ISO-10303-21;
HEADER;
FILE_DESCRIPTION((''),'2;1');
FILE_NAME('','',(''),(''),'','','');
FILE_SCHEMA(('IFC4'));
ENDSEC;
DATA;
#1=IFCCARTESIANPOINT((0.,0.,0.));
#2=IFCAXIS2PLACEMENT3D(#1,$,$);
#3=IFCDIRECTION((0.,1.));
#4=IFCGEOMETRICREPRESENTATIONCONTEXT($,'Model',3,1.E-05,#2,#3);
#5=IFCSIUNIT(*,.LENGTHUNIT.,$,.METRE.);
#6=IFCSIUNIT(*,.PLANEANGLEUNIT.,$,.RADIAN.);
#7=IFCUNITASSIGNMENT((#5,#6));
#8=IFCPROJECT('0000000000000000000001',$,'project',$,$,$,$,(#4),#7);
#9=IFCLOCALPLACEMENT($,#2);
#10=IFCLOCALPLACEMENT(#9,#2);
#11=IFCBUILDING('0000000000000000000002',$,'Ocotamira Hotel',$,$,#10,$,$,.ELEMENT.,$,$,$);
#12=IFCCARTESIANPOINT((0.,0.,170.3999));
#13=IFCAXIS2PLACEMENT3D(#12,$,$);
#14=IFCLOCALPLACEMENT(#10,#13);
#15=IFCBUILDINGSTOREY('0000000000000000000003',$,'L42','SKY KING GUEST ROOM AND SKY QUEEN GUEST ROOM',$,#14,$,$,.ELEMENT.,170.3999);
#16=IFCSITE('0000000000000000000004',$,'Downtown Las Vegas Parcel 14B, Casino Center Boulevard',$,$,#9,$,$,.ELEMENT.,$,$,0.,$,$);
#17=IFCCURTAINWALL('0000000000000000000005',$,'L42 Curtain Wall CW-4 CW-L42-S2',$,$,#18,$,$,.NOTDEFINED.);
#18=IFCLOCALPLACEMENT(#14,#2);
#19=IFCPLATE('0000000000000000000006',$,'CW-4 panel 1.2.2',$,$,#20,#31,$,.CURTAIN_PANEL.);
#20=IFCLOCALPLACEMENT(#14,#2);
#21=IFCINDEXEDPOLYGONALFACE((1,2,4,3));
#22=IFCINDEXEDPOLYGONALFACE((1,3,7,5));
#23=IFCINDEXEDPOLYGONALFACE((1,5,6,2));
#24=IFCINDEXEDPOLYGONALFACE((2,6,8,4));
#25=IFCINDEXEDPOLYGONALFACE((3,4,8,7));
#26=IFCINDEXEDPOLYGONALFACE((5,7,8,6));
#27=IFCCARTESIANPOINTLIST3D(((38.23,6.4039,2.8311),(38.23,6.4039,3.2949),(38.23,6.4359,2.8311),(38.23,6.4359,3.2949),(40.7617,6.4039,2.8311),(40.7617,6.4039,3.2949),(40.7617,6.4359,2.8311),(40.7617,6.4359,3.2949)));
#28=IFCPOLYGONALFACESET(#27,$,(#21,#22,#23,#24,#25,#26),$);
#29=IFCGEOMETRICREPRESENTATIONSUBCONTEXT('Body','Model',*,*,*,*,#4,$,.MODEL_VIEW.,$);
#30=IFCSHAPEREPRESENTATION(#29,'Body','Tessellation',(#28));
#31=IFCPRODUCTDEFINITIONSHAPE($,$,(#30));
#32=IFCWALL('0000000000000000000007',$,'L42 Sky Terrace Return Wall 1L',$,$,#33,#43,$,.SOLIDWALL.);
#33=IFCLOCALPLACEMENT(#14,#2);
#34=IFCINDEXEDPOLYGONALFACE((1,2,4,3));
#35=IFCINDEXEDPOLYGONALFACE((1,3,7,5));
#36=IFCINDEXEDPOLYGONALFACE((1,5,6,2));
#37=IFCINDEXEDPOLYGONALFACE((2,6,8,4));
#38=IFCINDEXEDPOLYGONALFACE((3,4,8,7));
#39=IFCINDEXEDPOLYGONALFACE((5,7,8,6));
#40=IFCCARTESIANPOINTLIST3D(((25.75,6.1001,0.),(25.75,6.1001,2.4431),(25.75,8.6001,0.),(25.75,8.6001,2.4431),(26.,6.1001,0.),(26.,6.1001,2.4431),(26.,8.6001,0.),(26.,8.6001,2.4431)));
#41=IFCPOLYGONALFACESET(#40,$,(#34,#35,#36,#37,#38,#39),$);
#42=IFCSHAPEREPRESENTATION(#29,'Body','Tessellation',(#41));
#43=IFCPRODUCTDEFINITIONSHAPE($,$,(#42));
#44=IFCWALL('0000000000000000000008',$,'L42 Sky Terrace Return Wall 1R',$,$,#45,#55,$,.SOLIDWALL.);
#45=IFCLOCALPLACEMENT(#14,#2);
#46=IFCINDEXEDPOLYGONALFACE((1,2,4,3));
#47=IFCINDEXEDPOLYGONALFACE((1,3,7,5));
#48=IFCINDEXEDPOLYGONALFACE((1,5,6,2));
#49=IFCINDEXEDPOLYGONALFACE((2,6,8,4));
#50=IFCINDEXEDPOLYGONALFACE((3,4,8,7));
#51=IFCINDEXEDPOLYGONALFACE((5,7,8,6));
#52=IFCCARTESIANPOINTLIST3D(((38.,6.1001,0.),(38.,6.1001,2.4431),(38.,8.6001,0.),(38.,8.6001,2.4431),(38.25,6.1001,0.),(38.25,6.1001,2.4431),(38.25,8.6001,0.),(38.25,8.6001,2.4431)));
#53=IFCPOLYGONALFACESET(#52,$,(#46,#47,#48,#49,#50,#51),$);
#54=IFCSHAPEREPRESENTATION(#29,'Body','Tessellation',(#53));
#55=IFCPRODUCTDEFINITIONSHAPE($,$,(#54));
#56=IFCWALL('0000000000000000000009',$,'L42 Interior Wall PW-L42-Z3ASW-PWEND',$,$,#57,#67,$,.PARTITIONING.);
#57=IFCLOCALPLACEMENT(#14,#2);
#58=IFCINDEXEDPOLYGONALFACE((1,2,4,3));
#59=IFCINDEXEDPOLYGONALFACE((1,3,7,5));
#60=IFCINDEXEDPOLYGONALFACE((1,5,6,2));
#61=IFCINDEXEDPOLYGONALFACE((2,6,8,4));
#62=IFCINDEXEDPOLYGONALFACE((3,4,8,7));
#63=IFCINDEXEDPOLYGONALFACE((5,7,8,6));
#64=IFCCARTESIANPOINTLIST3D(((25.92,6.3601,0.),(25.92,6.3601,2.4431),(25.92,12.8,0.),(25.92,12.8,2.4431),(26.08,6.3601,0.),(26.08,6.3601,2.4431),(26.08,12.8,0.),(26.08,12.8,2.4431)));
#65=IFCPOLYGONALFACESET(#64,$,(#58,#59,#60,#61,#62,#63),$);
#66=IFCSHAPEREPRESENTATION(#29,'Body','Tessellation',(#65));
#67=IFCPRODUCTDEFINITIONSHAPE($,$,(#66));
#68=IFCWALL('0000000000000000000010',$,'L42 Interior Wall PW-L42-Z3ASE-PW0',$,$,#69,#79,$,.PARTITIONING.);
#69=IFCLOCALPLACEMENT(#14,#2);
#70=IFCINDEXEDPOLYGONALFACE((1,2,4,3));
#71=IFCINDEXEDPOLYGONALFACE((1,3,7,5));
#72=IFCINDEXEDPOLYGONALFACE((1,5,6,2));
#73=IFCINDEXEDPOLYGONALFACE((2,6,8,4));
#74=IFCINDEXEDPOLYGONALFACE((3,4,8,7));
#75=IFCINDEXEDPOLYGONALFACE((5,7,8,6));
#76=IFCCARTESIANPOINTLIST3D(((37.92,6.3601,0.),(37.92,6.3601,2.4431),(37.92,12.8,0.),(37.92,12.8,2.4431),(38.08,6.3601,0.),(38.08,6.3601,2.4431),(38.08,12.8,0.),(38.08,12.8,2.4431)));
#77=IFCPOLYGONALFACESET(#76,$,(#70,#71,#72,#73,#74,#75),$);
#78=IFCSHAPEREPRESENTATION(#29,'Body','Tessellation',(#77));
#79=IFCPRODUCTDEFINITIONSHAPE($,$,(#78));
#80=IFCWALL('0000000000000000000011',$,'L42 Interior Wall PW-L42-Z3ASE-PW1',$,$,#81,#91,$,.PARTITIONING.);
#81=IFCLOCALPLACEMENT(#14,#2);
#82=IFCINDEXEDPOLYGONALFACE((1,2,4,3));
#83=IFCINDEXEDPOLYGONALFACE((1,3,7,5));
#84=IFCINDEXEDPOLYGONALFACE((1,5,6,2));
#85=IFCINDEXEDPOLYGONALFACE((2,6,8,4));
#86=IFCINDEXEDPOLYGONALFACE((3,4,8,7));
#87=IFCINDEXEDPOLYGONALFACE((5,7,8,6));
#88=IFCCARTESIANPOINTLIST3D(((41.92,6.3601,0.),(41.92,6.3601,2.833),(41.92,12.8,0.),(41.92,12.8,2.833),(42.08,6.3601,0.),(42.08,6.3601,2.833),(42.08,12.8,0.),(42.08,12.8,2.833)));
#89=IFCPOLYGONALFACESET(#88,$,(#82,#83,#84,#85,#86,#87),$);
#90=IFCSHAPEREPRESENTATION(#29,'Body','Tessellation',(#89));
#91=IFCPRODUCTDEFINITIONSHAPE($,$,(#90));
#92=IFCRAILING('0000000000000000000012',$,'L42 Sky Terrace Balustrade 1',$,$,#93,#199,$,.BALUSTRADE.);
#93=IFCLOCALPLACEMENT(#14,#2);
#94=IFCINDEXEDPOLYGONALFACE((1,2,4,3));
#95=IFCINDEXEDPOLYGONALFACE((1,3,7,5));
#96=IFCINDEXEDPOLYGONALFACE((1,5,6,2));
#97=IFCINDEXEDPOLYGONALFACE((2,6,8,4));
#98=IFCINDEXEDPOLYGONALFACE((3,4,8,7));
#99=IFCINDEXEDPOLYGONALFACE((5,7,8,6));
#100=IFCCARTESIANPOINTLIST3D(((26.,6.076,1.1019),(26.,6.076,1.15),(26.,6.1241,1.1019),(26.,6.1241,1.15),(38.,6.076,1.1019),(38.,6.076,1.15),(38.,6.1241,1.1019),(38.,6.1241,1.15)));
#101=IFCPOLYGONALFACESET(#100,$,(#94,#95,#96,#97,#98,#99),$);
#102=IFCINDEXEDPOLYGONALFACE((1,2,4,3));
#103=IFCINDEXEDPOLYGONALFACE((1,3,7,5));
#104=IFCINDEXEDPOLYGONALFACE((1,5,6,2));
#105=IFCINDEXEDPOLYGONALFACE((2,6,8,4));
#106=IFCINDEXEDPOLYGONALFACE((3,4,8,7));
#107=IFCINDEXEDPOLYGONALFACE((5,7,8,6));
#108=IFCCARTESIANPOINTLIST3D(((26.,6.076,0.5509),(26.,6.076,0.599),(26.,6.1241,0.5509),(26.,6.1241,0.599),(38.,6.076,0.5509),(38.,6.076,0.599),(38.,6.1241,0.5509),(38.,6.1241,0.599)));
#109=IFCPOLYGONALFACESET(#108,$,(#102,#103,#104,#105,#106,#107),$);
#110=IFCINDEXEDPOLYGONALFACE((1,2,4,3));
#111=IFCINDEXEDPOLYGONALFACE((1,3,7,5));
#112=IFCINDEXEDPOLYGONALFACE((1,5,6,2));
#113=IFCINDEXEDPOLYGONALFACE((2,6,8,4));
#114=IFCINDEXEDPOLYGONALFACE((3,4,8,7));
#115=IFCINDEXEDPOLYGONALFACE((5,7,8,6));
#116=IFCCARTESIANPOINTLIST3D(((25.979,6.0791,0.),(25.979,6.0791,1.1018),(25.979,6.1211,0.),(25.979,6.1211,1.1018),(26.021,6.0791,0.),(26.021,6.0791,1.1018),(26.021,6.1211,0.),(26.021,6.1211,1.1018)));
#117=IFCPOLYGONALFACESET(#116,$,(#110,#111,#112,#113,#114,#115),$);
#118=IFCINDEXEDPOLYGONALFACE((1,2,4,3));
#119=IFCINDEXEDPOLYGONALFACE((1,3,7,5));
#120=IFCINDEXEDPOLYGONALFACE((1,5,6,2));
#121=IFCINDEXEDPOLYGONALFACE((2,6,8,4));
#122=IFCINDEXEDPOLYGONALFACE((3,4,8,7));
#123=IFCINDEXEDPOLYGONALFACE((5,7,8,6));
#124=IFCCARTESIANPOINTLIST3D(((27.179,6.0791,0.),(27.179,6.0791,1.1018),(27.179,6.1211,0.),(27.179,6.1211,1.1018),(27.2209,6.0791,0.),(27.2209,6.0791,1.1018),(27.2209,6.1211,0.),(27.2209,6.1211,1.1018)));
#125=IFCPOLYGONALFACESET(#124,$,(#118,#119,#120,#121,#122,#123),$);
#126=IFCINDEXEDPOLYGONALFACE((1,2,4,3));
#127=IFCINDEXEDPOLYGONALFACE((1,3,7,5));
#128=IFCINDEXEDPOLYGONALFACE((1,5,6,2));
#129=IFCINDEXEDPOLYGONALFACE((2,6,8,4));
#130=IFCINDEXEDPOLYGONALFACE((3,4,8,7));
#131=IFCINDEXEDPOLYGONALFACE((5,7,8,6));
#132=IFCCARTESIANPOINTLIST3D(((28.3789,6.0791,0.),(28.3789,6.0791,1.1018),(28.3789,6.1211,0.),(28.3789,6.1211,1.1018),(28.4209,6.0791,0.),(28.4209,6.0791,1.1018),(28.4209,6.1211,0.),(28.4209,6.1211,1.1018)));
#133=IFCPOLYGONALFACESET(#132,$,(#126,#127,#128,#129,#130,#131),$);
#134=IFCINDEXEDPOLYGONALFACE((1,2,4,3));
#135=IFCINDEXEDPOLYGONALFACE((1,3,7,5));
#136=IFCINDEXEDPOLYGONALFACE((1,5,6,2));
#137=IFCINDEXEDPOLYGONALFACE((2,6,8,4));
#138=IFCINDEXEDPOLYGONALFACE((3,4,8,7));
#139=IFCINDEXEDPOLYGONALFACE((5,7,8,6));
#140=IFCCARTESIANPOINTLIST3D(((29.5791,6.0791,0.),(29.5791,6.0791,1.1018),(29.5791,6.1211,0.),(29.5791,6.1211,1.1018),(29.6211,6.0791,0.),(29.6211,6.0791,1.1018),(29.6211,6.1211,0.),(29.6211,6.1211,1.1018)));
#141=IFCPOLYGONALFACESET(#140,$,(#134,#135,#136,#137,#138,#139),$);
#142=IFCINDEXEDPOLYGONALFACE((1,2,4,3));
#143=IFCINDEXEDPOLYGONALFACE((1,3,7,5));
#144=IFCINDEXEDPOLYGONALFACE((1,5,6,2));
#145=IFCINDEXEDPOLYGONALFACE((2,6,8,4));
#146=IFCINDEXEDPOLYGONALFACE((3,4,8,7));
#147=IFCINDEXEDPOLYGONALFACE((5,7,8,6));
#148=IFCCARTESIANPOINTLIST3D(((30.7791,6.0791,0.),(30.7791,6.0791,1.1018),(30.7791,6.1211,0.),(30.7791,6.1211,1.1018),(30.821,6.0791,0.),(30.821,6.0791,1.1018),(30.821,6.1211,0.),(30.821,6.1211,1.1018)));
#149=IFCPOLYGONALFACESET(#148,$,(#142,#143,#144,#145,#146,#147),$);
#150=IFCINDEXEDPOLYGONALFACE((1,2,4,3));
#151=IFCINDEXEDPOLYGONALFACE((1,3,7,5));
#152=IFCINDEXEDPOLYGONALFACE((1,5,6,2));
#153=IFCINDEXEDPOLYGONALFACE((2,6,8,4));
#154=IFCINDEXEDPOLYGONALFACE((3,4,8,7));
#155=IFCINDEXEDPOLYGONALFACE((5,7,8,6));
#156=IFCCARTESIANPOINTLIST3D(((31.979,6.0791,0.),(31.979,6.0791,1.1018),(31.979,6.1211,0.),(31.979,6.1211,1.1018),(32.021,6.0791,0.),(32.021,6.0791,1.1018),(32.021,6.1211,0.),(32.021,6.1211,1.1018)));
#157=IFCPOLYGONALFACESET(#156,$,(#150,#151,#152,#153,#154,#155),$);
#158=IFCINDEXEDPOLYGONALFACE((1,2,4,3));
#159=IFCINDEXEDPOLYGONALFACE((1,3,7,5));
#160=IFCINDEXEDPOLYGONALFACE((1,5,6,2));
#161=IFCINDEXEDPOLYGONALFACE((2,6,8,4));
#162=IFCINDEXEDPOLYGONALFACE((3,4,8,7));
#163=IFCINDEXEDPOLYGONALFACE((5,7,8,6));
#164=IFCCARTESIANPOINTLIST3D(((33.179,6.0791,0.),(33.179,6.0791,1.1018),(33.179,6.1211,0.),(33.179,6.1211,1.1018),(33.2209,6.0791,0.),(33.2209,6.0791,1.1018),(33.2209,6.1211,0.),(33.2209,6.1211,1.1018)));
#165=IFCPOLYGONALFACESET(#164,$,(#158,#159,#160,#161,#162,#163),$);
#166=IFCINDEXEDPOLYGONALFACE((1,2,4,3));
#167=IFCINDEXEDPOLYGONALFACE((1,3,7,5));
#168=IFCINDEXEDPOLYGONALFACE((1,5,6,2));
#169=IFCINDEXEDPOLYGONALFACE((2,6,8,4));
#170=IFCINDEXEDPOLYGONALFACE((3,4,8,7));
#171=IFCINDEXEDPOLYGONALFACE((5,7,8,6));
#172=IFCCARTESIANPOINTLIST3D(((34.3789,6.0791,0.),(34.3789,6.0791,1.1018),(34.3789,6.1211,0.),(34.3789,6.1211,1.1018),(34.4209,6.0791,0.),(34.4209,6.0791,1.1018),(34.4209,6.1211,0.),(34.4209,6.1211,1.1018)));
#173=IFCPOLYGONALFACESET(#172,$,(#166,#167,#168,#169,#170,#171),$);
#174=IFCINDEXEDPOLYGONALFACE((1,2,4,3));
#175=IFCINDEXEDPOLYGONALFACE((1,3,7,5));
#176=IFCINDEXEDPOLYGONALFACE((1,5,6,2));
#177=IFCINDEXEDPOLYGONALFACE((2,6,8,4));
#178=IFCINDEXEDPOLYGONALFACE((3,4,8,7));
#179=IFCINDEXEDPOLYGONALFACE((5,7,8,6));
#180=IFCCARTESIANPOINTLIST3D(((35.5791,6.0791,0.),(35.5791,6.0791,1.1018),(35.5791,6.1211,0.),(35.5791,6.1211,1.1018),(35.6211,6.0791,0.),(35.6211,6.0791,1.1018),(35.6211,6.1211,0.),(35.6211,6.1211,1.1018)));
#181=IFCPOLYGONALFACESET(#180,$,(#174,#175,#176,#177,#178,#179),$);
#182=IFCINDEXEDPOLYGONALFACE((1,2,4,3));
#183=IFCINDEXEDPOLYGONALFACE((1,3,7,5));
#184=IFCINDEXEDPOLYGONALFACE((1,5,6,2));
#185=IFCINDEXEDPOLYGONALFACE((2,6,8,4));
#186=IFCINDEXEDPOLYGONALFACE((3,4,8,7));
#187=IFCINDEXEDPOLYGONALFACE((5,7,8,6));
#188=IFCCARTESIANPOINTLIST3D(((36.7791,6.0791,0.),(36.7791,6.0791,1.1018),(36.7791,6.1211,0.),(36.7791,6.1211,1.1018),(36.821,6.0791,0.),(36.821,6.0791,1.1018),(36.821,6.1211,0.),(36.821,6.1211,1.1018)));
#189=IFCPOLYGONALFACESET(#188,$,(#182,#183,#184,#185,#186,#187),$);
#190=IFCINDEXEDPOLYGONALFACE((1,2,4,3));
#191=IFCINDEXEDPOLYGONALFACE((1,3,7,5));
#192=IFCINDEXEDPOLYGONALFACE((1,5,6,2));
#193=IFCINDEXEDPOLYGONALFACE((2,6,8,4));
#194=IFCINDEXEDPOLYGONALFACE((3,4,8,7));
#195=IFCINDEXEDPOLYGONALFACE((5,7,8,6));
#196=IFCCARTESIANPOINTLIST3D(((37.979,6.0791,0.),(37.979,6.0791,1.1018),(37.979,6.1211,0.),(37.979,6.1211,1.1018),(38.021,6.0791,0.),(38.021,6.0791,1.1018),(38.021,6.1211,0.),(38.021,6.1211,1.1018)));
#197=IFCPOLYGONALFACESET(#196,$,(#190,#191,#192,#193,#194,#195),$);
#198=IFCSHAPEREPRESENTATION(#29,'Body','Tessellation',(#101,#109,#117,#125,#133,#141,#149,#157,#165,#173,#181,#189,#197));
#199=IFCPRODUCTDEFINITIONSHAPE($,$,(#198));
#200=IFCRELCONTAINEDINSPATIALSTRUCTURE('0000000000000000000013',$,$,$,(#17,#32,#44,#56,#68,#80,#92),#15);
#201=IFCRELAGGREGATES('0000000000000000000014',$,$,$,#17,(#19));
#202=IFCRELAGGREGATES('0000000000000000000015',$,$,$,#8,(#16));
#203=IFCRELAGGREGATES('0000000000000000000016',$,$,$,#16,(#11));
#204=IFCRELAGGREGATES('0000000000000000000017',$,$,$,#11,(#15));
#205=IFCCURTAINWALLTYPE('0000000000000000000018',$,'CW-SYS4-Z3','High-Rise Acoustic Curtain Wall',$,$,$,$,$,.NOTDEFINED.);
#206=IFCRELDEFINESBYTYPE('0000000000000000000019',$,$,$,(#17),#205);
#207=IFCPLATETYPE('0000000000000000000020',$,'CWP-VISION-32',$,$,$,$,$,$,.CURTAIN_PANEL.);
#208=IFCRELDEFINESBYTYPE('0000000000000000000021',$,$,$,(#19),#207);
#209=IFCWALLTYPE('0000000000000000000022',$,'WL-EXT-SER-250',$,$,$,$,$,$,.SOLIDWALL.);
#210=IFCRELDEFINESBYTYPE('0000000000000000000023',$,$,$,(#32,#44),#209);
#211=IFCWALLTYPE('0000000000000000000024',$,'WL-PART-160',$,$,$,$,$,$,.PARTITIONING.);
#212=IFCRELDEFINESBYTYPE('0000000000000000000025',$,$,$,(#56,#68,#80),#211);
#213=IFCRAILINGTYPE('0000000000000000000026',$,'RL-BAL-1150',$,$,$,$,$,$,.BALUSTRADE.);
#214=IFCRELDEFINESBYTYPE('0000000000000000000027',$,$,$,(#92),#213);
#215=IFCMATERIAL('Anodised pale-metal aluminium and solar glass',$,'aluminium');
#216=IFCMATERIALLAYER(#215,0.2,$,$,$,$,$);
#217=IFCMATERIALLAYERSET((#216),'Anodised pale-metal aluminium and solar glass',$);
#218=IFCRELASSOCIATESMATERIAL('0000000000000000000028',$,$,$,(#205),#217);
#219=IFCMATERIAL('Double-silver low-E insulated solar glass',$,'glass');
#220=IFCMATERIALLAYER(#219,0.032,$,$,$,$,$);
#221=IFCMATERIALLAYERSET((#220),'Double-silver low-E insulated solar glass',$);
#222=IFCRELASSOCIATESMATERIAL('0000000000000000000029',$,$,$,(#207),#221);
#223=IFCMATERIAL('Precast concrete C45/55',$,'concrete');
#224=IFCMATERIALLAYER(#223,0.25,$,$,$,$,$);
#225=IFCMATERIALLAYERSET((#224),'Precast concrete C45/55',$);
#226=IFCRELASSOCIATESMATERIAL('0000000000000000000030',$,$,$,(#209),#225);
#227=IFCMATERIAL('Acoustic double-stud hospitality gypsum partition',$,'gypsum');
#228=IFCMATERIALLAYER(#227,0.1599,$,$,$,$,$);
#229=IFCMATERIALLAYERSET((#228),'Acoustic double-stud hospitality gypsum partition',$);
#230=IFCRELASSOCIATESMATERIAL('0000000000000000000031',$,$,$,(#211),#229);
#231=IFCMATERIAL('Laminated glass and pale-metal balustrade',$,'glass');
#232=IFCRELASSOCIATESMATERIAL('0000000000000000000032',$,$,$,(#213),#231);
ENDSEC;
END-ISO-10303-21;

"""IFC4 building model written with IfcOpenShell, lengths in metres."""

from ifc_helpers import new_model, si_unit, direction, frame, frame_2d, origin, origin_2d, place, context, subcontext, project, spatial, rectangle, extrude, source, transform, mapped, material, layer, layer_set, type_object, element, aggregate, save


model = new_model("IFC4")

# Units and contexts
model_context = context("Model", 3, precision=1e-05, world=origin(), true_north=direction((0.0, 1.0)))
body_context = subcontext(model_context, "Body", "Model", "MODEL_VIEW")
ifc_project = project(units=[si_unit("LENGTHUNIT", "METRE"), si_unit("PLANEANGLEUNIT", "RADIAN")], contexts=[model_context])

# Site, building, storey
site_placement = place(None, origin())
site = spatial("IfcSite", under=ifc_project, at=site_placement, Name="Downtown Las Vegas Parcel 14B, Casino Center Boulevard", CompositionType="ELEMENT", RefElevation=0.0)
building_placement = place(site_placement, origin())
building = spatial("IfcBuilding", under=site, at=building_placement, Name="Ocotamira Hotel", CompositionType="ELEMENT")
storey_placement = place(building_placement, frame((0.0, 0.0, 170.3999)))
storey = spatial("IfcBuildingStorey", under=building, at=storey_placement, Name="L42", Description="SKY KING GUEST ROOM AND SKY QUEEN GUEST ROOM", CompositionType="ELEMENT", Elevation=170.3999)

# Shared definitions
ifc_material_1 = material(Name="Anodised pale-metal aluminium and solar glass", Category="aluminium")
ifc_layer_1 = layer(ifc_material_1, 0.2)
ifc_layer_set_1 = layer_set([ifc_layer_1], Name="Anodised pale-metal aluminium and solar glass")
curtain_wall_type = type_object("IfcCurtainWallType", Name="CW-SYS4-Z3", Description="High-Rise Acoustic Curtain Wall", PredefinedType="NOTDEFINED", material=ifc_layer_set_1)

# Curtain wall
curtain_wall_1_placement = place(storey_placement, origin())
curtain_wall_1 = element("IfcCurtainWall", 1, at=curtain_wall_1_placement, inside=storey, type_object=curtain_wall_type, Name="L42 Curtain Wall CW-4 CW-L42-S2", PredefinedType="NOTDEFINED")

# Plate
ifc_material_2 = material(Name="Double-silver low-E insulated solar glass", Category="glass")
ifc_layer_2 = layer(ifc_material_2, 0.032)
ifc_layer_set_2 = layer_set([ifc_layer_2], Name="Double-silver low-E insulated solar glass")
plate_type_1 = type_object("IfcPlateType", Name="CWP-VISION-32", PredefinedType="CURTAIN_PANEL", material=ifc_layer_set_2)
shared_shape_1 = source(origin(), body_context, "Body", "SweptSolid", [
    extrude(rectangle(XDim=2.5317, YDim=0.032, at=origin_2d()), origin(), (0.0, 0.0, 1.0), 0.4639),
])
plate_1_placement = place(storey_placement, frame((39.4958, 6.4199, 2.8311), z_axis=(0.0, 0.0, 1.0), x_axis=(1.0, 0.0, 0.0)))
plate_1 = element("IfcPlate", 2, at=plate_1_placement, type_object=plate_type_1, Name="CW-4 panel 1.2.2", PredefinedType="CURTAIN_PANEL", context=body_context, shape_type="MappedRepresentation", body=[
    mapped(shared_shape_1, transform((0.0, 0.0, 0.0), scale=1.0)),
])
aggregate(curtain_wall_1, [plate_1])

# Walls
ifc_material_3 = material(Name="Precast concrete C45/55", Category="concrete")
ifc_layer_3 = layer(ifc_material_3, 0.25)
ifc_layer_set_3 = layer_set([ifc_layer_3], Name="Precast concrete C45/55")
wall_type_1 = type_object("IfcWallType", Name="WL-EXT-SER-250", PredefinedType="SOLIDWALL", material=ifc_layer_set_3)
for number, where, z_axis, x_axis, name in (
    (3, (25.875, 6.1001, 0.0), (0.0, 0.0, 1.0), (0.0, 1.0, 0.0), "L42 Sky Terrace Return Wall 1L"),
    (4, (38.125, 6.1001, 0.0), (0.0, 0.0, 1.0), (0.0, 1.0, 0.0), "L42 Sky Terrace Return Wall 1R"),
):
    element("IfcWall", number, at=place(storey_placement, frame(where, z_axis=z_axis, x_axis=x_axis)), inside=storey, type_object=wall_type_1, Name=name, PredefinedType="SOLIDWALL", context=body_context, shape_type="SweptSolid", body=[
        extrude(rectangle(XDim=2.5, YDim=0.25, at=frame_2d((1.25, 0.0))), origin(), (0.0, 0.0, 1.0), 2.4431),
    ])
ifc_material_4 = material(Name="Acoustic double-stud hospitality gypsum partition", Category="gypsum")
ifc_layer_4 = layer(ifc_material_4, 0.1599)
ifc_layer_set_4 = layer_set([ifc_layer_4], Name="Acoustic double-stud hospitality gypsum partition")
wall_type_2 = type_object("IfcWallType", Name="WL-PART-160", PredefinedType="PARTITIONING", material=ifc_layer_set_4)
for number, where, z_axis, x_axis, name in (
    (5, (26.0, 6.3601, 0.0), (0.0, 0.0, 1.0), (0.0, 1.0, 0.0), "L42 Interior Wall PW-L42-Z3ASW-PWEND"),
    (6, (38.0, 6.3601, 0.0), (0.0, 0.0, 1.0), (0.0, 1.0, 0.0), "L42 Interior Wall PW-L42-Z3ASE-PW0"),
):
    element("IfcWall", number, at=place(storey_placement, frame(where, z_axis=z_axis, x_axis=x_axis)), inside=storey, type_object=wall_type_2, Name=name, PredefinedType="PARTITIONING", context=body_context, shape_type="SweptSolid", body=[
        extrude(rectangle(XDim=6.4399, YDim=0.1599, at=frame_2d((3.22, 0.0))), origin(), (0.0, 0.0, 1.0), 2.4431),
    ])
wall_placement = place(storey_placement, frame((42.0, 6.3601, 0.0), z_axis=(0.0, 0.0, 1.0), x_axis=(0.0, 1.0, 0.0)))
element("IfcWall", 7, at=wall_placement, inside=storey, type_object=wall_type_2, Name="L42 Interior Wall PW-L42-Z3ASE-PW1", PredefinedType="PARTITIONING", context=body_context, shape_type="SweptSolid", body=[
    extrude(rectangle(XDim=6.4399, YDim=0.1599, at=frame_2d((3.22, 0.0))), origin(), (0.0, 0.0, 1.0), 2.833),
])

# Railing
ifc_material_5 = material(Name="Laminated glass and pale-metal balustrade", Category="glass")
railing_type = type_object("IfcRailingType", Name="RL-BAL-1150", PredefinedType="BALUSTRADE", material=ifc_material_5)
railing_placement = place(storey_placement, frame((26.0, 6.1001, 0.0)))
element("IfcRailing", 8, at=railing_placement, inside=storey, type_object=railing_type, Name="L42 Sky Terrace Balustrade 1", PredefinedType="BALUSTRADE", context=body_context, shape_type="SweptSolid", body=[
    extrude(rectangle(XDim=0.0481, YDim=0.0481, at=origin_2d()), frame((0.0, 0.0, 1.126), z_axis=(1.0, 0.0, 0.0), x_axis=(0.0, 1.0, 0.0)), (0.0, 0.0, 1.0), 12.0),
    extrude(rectangle(XDim=0.0481, YDim=0.0481, at=origin_2d()), frame((0.0, 0.0, 0.575), z_axis=(1.0, 0.0, 0.0), x_axis=(0.0, 1.0, 0.0)), (0.0, 0.0, 1.0), 12.0),
    extrude(rectangle(XDim=0.042, YDim=0.042, at=origin_2d()), origin(), (0.0, 0.0, 1.0), 1.1018),
    extrude(rectangle(XDim=0.042, YDim=0.042, at=origin_2d()), frame((1.2, 0.0, 0.0)), (0.0, 0.0, 1.0), 1.1018),
    extrude(rectangle(XDim=0.042, YDim=0.042, at=origin_2d()), frame((2.3999, 0.0, 0.0)), (0.0, 0.0, 1.0), 1.1018),
    extrude(rectangle(XDim=0.042, YDim=0.042, at=origin_2d()), frame((3.6001, 0.0, 0.0)), (0.0, 0.0, 1.0), 1.1018),
    extrude(rectangle(XDim=0.042, YDim=0.042, at=origin_2d()), frame((4.8, 0.0, 0.0)), (0.0, 0.0, 1.0), 1.1018),
    extrude(rectangle(XDim=0.042, YDim=0.042, at=origin_2d()), frame((6.0, 0.0, 0.0)), (0.0, 0.0, 1.0), 1.1018),
    extrude(rectangle(XDim=0.042, YDim=0.042, at=origin_2d()), frame((7.2, 0.0, 0.0)), (0.0, 0.0, 1.0), 1.1018),
    extrude(rectangle(XDim=0.042, YDim=0.042, at=origin_2d()), frame((8.3999, 0.0, 0.0)), (0.0, 0.0, 1.0), 1.1018),
    extrude(rectangle(XDim=0.042, YDim=0.042, at=origin_2d()), frame((9.6001, 0.0, 0.0)), (0.0, 0.0, 1.0), 1.1018),
    extrude(rectangle(XDim=0.042, YDim=0.042, at=origin_2d()), frame((10.8, 0.0, 0.0)), (0.0, 0.0, 1.0), 1.1018),
    extrude(rectangle(XDim=0.042, YDim=0.042, at=origin_2d()), frame((12.0, 0.0, 0.0)), (0.0, 0.0, 1.0), 1.1018),
])

save(model, "model.ifc")
